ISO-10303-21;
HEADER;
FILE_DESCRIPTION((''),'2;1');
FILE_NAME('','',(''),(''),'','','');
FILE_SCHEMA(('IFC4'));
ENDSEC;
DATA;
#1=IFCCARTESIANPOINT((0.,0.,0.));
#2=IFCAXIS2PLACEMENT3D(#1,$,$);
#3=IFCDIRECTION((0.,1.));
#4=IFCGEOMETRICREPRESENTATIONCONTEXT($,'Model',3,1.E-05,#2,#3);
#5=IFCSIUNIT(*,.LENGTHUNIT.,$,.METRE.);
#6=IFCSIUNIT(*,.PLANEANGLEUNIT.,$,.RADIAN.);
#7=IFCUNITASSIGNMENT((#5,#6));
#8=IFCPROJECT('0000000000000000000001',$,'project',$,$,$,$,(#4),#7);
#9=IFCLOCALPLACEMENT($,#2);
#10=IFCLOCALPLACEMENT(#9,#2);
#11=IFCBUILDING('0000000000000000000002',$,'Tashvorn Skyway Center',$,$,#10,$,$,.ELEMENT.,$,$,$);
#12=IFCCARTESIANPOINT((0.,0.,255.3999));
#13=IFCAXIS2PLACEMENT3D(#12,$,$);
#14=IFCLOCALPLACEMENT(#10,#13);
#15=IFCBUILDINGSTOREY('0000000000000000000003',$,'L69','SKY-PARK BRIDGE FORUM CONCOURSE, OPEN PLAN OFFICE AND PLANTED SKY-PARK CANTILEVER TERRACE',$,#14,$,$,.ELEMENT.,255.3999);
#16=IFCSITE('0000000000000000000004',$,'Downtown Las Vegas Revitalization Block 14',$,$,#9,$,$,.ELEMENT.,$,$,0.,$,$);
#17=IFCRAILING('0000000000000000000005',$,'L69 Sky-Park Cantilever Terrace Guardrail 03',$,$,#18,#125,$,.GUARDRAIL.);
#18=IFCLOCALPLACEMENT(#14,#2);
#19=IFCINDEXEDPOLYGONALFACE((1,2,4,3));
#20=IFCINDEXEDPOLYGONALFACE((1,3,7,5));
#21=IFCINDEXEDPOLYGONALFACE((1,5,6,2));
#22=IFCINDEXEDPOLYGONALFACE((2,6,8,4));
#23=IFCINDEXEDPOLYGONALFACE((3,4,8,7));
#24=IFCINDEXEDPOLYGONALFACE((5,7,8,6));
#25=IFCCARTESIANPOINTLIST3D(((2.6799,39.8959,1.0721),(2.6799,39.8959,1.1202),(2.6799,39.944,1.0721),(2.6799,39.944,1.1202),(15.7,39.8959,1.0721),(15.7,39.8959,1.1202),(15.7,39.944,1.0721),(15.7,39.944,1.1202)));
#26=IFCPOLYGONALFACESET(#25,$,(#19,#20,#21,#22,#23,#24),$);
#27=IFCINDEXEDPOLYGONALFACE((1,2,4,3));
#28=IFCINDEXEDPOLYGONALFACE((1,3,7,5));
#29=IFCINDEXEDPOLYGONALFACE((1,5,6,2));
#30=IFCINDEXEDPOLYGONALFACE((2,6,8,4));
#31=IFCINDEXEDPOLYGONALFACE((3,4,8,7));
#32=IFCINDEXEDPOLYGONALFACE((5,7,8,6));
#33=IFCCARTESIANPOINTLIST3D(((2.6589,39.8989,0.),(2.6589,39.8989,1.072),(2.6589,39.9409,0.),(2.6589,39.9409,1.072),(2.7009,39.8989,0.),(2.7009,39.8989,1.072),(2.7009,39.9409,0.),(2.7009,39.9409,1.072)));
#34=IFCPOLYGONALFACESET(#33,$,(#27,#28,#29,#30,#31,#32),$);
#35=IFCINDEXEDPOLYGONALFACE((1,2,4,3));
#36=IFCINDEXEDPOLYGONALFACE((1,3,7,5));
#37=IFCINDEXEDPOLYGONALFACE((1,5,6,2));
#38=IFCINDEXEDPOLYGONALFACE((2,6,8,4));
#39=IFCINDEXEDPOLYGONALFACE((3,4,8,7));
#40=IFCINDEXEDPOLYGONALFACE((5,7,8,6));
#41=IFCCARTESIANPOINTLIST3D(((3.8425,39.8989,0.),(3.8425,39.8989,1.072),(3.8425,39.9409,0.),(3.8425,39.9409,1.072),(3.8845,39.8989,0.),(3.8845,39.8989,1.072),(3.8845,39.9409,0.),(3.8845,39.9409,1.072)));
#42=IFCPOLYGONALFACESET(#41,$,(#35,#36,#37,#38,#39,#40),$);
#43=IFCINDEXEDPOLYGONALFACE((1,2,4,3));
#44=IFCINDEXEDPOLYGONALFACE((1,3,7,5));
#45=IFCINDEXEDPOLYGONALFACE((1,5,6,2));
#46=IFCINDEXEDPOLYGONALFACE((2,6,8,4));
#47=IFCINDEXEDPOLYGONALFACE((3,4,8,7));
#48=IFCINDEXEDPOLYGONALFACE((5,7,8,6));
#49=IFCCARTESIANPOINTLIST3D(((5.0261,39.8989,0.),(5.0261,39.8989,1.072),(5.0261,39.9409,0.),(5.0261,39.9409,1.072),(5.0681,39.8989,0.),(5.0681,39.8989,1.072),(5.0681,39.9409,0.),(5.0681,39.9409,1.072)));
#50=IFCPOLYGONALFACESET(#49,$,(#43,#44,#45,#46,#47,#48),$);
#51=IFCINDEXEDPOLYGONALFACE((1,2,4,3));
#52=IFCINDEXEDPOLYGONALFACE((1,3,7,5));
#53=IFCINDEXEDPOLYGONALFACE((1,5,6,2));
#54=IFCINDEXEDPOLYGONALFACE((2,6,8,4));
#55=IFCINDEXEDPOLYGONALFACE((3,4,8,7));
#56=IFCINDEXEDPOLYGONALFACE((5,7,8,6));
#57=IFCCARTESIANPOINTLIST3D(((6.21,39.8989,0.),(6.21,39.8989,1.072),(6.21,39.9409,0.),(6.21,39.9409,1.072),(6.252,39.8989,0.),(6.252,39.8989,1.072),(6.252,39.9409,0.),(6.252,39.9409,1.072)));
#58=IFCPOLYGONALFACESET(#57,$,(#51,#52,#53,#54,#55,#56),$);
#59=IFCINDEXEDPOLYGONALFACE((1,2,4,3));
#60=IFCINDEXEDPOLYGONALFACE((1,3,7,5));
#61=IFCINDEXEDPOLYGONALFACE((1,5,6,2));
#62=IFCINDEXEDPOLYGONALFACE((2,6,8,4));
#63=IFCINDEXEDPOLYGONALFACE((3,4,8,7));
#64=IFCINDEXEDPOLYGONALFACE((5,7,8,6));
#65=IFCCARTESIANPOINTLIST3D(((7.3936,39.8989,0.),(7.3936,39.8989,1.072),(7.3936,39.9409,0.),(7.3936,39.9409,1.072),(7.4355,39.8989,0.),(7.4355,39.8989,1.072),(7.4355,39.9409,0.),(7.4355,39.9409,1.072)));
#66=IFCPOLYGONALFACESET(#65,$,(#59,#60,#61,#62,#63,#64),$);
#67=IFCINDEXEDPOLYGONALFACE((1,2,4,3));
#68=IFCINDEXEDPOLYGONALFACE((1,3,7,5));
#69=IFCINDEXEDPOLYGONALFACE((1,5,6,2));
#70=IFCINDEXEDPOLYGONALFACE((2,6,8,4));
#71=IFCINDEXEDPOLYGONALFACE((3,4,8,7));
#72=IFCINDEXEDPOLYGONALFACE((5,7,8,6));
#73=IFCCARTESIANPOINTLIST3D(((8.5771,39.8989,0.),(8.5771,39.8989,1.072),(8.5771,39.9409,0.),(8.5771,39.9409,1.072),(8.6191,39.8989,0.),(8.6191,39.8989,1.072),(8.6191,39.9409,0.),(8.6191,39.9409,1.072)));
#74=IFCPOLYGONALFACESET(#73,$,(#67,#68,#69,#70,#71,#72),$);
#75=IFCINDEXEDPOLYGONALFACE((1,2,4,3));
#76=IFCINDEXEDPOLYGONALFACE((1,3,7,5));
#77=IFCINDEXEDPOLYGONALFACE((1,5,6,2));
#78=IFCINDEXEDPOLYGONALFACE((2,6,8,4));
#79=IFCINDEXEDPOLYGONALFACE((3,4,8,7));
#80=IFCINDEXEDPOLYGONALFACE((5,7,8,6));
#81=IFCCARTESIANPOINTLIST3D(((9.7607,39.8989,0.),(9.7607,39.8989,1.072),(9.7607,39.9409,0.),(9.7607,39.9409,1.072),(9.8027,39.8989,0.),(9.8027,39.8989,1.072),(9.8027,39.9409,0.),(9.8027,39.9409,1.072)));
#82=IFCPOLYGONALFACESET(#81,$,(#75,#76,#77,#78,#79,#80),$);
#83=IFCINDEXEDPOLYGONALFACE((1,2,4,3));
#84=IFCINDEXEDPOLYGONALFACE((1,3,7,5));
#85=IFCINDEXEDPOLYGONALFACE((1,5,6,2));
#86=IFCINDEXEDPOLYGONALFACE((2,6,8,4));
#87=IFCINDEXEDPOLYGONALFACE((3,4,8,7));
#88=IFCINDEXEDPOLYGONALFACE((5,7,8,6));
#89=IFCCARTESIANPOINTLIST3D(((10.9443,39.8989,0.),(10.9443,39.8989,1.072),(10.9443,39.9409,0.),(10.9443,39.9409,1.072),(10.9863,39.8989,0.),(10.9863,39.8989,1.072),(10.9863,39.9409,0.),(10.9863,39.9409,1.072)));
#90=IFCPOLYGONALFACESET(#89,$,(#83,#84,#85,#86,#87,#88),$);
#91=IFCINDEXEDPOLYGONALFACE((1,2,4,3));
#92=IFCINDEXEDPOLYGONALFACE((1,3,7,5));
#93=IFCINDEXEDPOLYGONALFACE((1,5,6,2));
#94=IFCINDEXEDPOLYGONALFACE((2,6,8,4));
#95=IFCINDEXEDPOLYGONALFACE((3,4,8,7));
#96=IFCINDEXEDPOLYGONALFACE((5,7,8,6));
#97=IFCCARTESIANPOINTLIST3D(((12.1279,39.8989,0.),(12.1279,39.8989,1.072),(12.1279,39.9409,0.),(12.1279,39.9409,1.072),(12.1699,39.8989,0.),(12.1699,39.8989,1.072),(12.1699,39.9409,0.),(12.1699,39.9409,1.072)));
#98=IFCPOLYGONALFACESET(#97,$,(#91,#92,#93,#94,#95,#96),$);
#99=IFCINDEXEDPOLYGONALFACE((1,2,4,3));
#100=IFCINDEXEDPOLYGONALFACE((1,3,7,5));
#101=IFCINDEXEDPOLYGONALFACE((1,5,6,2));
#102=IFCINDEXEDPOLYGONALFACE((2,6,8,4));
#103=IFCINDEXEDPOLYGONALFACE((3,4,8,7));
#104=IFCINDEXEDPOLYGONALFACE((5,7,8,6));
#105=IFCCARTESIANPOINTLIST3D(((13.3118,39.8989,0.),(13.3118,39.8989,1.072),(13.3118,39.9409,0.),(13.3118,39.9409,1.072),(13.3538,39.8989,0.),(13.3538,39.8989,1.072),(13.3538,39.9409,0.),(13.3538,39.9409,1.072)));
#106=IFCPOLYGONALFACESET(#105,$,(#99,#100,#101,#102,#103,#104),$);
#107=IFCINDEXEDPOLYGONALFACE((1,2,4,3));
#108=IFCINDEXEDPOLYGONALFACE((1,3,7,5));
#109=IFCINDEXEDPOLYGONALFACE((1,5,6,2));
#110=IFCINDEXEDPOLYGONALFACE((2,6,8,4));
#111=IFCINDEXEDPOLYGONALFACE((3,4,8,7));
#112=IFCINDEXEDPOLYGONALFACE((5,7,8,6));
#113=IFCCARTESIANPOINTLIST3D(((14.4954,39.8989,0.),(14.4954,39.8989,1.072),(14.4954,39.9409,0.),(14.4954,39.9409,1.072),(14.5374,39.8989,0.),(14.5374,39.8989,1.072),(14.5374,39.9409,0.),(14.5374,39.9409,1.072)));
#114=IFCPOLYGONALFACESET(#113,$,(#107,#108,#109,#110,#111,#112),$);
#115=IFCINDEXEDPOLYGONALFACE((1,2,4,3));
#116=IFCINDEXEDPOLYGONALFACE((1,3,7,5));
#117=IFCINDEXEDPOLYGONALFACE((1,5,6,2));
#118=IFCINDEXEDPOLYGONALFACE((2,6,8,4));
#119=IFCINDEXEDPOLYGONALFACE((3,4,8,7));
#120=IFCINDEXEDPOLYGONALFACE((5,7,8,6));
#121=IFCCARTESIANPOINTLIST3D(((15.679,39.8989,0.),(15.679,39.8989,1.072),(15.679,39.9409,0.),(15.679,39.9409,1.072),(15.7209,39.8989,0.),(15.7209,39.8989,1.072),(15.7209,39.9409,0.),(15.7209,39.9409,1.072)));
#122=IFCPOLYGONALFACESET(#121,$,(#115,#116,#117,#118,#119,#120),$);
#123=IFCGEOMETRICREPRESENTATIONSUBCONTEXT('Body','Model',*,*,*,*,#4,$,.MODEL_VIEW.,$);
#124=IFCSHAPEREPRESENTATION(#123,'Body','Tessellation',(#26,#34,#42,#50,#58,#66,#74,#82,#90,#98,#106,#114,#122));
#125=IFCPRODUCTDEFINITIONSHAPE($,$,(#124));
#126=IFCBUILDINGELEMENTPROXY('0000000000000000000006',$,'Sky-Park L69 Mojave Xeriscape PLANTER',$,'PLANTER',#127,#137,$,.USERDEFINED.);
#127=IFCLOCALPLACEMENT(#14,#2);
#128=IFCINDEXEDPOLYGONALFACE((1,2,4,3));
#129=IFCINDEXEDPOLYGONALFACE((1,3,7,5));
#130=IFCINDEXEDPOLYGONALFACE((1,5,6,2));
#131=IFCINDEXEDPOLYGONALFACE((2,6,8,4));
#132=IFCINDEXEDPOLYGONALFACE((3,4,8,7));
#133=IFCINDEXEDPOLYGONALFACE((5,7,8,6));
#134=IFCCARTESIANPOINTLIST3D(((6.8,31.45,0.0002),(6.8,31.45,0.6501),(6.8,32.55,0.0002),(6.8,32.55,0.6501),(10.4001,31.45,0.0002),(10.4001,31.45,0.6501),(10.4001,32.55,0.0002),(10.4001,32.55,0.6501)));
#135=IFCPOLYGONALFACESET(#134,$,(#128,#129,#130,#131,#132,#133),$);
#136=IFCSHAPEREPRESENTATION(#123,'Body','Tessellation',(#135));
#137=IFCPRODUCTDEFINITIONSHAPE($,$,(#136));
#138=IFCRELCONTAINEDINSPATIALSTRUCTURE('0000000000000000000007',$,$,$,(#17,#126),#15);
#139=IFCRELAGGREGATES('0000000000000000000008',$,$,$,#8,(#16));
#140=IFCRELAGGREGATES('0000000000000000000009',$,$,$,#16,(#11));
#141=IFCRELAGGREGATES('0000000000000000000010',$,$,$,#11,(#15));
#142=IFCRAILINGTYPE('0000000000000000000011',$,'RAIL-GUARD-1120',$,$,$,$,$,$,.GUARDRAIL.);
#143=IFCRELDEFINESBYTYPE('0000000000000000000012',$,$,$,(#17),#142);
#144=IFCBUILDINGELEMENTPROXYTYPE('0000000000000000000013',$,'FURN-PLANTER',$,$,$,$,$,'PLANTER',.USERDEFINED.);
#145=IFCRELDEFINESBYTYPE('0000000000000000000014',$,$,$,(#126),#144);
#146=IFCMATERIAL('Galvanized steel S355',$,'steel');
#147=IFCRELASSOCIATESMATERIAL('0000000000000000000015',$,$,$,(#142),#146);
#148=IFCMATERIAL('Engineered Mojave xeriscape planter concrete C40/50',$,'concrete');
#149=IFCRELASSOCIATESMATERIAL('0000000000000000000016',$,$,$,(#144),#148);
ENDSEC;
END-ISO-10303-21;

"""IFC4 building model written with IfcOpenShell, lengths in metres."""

from ifc_helpers import new_model, si_unit, direction, frame, origin, origin_2d, place, context, subcontext, project, spatial, rectangle, extrude, material, type_object, element, save


model = new_model("IFC4")

# Units and contexts
model_context = context("Model", 3, precision=1e-05, world=origin(), true_north=direction((0.0, 1.0)))
body_context = subcontext(model_context, "Body", "Model", "MODEL_VIEW")
ifc_project = project(units=[si_unit("LENGTHUNIT", "METRE"), si_unit("PLANEANGLEUNIT", "RADIAN")], contexts=[model_context])

# Site, building, storey
site_placement = place(None, origin())
site = spatial("IfcSite", under=ifc_project, at=site_placement, Name="Downtown Las Vegas Revitalization Block 14", CompositionType="ELEMENT", RefElevation=0.0)
building_placement = place(site_placement, origin())
building = spatial("IfcBuilding", under=site, at=building_placement, Name="Tashvorn Skyway Center", CompositionType="ELEMENT")
storey_placement = place(building_placement, frame((0.0, 0.0, 255.3999)))
storey = spatial("IfcBuildingStorey", under=building, at=storey_placement, Name="L69", Description="SKY-PARK BRIDGE FORUM CONCOURSE, OPEN PLAN OFFICE AND PLANTED SKY-PARK CANTILEVER TERRACE", CompositionType="ELEMENT", Elevation=255.3999)

# Railing
ifc_material_1 = material(Name="Galvanized steel S355", Category="steel")
railing_type = type_object("IfcRailingType", Name="RAIL-GUARD-1120", PredefinedType="GUARDRAIL", material=ifc_material_1)
railing_placement = place(storey_placement, frame((2.6799, 39.9199, 0.0)))
element("IfcRailing", 1, at=railing_placement, inside=storey, type_object=railing_type, Name="L69 Sky-Park Cantilever Terrace Guardrail 03", PredefinedType="GUARDRAIL", context=body_context, shape_type="SweptSolid", body=[
    extrude(rectangle(XDim=0.0481, YDim=0.0481, at=origin_2d()), frame((0.0, 0.0, 1.0962), z_axis=(1.0, 0.0, 0.0), x_axis=(0.0, 1.0, 0.0)), (0.0, 0.0, 1.0), 13.02),
    extrude(rectangle(XDim=0.042, YDim=0.042, at=origin_2d()), origin(), (0.0, 0.0, 1.0), 1.072),
    extrude(rectangle(XDim=0.042, YDim=0.042, at=origin_2d()), frame((1.1836, 0.0, 0.0)), (0.0, 0.0, 1.0), 1.072),
    extrude(rectangle(XDim=0.042, YDim=0.042, at=origin_2d()), frame((2.3672, 0.0, 0.0)), (0.0, 0.0, 1.0), 1.072),
    extrude(rectangle(XDim=0.042, YDim=0.042, at=origin_2d()), frame((3.551, 0.0, 0.0)), (0.0, 0.0, 1.0), 1.072),
    extrude(rectangle(XDim=0.042, YDim=0.042, at=origin_2d()), frame((4.7346, 0.0, 0.0)), (0.0, 0.0, 1.0), 1.072),
    extrude(rectangle(XDim=0.042, YDim=0.042, at=origin_2d()), frame((5.9182, 0.0, 0.0)), (0.0, 0.0, 1.0), 1.072),
    extrude(rectangle(XDim=0.042, YDim=0.042, at=origin_2d()), frame((7.1018, 0.0, 0.0)), (0.0, 0.0, 1.0), 1.072),
    extrude(rectangle(XDim=0.042, YDim=0.042, at=origin_2d()), frame((8.2854, 0.0, 0.0)), (0.0, 0.0, 1.0), 1.072),
    extrude(rectangle(XDim=0.042, YDim=0.042, at=origin_2d()), frame((9.469, 0.0, 0.0)), (0.0, 0.0, 1.0), 1.072),
    extrude(rectangle(XDim=0.042, YDim=0.042, at=origin_2d()), frame((10.6528, 0.0, 0.0)), (0.0, 0.0, 1.0), 1.072),
    extrude(rectangle(XDim=0.042, YDim=0.042, at=origin_2d()), frame((11.8364, 0.0, 0.0)), (0.0, 0.0, 1.0), 1.072),
    extrude(rectangle(XDim=0.042, YDim=0.042, at=origin_2d()), frame((13.02, 0.0, 0.0)), (0.0, 0.0, 1.0), 1.072),
])

# Building element proxy
ifc_material_2 = material(Name="Engineered Mojave xeriscape planter concrete C40/50", Category="concrete")
building_element_proxy_type = type_object("IfcBuildingElementProxyType", Name="FURN-PLANTER", ElementType="PLANTER", PredefinedType="USERDEFINED", material=ifc_material_2)
proxy_placement = place(storey_placement, frame((8.6001, 32.0, 0.0002), z_axis=(0.0, 0.0, 1.0), x_axis=(1.0, 0.0, 0.0)))
element("IfcBuildingElementProxy", 2, at=proxy_placement, inside=storey, type_object=building_element_proxy_type, Name="Sky-Park L69 Mojave Xeriscape PLANTER", ObjectType="PLANTER", PredefinedType="USERDEFINED", context=body_context, shape_type="SweptSolid", body=[
    extrude(rectangle(XDim=3.6001, YDim=1.1001, at=origin_2d()), origin(), (0.0, 0.0, 1.0), 0.6499),
])

save(model, "model.ifc")
